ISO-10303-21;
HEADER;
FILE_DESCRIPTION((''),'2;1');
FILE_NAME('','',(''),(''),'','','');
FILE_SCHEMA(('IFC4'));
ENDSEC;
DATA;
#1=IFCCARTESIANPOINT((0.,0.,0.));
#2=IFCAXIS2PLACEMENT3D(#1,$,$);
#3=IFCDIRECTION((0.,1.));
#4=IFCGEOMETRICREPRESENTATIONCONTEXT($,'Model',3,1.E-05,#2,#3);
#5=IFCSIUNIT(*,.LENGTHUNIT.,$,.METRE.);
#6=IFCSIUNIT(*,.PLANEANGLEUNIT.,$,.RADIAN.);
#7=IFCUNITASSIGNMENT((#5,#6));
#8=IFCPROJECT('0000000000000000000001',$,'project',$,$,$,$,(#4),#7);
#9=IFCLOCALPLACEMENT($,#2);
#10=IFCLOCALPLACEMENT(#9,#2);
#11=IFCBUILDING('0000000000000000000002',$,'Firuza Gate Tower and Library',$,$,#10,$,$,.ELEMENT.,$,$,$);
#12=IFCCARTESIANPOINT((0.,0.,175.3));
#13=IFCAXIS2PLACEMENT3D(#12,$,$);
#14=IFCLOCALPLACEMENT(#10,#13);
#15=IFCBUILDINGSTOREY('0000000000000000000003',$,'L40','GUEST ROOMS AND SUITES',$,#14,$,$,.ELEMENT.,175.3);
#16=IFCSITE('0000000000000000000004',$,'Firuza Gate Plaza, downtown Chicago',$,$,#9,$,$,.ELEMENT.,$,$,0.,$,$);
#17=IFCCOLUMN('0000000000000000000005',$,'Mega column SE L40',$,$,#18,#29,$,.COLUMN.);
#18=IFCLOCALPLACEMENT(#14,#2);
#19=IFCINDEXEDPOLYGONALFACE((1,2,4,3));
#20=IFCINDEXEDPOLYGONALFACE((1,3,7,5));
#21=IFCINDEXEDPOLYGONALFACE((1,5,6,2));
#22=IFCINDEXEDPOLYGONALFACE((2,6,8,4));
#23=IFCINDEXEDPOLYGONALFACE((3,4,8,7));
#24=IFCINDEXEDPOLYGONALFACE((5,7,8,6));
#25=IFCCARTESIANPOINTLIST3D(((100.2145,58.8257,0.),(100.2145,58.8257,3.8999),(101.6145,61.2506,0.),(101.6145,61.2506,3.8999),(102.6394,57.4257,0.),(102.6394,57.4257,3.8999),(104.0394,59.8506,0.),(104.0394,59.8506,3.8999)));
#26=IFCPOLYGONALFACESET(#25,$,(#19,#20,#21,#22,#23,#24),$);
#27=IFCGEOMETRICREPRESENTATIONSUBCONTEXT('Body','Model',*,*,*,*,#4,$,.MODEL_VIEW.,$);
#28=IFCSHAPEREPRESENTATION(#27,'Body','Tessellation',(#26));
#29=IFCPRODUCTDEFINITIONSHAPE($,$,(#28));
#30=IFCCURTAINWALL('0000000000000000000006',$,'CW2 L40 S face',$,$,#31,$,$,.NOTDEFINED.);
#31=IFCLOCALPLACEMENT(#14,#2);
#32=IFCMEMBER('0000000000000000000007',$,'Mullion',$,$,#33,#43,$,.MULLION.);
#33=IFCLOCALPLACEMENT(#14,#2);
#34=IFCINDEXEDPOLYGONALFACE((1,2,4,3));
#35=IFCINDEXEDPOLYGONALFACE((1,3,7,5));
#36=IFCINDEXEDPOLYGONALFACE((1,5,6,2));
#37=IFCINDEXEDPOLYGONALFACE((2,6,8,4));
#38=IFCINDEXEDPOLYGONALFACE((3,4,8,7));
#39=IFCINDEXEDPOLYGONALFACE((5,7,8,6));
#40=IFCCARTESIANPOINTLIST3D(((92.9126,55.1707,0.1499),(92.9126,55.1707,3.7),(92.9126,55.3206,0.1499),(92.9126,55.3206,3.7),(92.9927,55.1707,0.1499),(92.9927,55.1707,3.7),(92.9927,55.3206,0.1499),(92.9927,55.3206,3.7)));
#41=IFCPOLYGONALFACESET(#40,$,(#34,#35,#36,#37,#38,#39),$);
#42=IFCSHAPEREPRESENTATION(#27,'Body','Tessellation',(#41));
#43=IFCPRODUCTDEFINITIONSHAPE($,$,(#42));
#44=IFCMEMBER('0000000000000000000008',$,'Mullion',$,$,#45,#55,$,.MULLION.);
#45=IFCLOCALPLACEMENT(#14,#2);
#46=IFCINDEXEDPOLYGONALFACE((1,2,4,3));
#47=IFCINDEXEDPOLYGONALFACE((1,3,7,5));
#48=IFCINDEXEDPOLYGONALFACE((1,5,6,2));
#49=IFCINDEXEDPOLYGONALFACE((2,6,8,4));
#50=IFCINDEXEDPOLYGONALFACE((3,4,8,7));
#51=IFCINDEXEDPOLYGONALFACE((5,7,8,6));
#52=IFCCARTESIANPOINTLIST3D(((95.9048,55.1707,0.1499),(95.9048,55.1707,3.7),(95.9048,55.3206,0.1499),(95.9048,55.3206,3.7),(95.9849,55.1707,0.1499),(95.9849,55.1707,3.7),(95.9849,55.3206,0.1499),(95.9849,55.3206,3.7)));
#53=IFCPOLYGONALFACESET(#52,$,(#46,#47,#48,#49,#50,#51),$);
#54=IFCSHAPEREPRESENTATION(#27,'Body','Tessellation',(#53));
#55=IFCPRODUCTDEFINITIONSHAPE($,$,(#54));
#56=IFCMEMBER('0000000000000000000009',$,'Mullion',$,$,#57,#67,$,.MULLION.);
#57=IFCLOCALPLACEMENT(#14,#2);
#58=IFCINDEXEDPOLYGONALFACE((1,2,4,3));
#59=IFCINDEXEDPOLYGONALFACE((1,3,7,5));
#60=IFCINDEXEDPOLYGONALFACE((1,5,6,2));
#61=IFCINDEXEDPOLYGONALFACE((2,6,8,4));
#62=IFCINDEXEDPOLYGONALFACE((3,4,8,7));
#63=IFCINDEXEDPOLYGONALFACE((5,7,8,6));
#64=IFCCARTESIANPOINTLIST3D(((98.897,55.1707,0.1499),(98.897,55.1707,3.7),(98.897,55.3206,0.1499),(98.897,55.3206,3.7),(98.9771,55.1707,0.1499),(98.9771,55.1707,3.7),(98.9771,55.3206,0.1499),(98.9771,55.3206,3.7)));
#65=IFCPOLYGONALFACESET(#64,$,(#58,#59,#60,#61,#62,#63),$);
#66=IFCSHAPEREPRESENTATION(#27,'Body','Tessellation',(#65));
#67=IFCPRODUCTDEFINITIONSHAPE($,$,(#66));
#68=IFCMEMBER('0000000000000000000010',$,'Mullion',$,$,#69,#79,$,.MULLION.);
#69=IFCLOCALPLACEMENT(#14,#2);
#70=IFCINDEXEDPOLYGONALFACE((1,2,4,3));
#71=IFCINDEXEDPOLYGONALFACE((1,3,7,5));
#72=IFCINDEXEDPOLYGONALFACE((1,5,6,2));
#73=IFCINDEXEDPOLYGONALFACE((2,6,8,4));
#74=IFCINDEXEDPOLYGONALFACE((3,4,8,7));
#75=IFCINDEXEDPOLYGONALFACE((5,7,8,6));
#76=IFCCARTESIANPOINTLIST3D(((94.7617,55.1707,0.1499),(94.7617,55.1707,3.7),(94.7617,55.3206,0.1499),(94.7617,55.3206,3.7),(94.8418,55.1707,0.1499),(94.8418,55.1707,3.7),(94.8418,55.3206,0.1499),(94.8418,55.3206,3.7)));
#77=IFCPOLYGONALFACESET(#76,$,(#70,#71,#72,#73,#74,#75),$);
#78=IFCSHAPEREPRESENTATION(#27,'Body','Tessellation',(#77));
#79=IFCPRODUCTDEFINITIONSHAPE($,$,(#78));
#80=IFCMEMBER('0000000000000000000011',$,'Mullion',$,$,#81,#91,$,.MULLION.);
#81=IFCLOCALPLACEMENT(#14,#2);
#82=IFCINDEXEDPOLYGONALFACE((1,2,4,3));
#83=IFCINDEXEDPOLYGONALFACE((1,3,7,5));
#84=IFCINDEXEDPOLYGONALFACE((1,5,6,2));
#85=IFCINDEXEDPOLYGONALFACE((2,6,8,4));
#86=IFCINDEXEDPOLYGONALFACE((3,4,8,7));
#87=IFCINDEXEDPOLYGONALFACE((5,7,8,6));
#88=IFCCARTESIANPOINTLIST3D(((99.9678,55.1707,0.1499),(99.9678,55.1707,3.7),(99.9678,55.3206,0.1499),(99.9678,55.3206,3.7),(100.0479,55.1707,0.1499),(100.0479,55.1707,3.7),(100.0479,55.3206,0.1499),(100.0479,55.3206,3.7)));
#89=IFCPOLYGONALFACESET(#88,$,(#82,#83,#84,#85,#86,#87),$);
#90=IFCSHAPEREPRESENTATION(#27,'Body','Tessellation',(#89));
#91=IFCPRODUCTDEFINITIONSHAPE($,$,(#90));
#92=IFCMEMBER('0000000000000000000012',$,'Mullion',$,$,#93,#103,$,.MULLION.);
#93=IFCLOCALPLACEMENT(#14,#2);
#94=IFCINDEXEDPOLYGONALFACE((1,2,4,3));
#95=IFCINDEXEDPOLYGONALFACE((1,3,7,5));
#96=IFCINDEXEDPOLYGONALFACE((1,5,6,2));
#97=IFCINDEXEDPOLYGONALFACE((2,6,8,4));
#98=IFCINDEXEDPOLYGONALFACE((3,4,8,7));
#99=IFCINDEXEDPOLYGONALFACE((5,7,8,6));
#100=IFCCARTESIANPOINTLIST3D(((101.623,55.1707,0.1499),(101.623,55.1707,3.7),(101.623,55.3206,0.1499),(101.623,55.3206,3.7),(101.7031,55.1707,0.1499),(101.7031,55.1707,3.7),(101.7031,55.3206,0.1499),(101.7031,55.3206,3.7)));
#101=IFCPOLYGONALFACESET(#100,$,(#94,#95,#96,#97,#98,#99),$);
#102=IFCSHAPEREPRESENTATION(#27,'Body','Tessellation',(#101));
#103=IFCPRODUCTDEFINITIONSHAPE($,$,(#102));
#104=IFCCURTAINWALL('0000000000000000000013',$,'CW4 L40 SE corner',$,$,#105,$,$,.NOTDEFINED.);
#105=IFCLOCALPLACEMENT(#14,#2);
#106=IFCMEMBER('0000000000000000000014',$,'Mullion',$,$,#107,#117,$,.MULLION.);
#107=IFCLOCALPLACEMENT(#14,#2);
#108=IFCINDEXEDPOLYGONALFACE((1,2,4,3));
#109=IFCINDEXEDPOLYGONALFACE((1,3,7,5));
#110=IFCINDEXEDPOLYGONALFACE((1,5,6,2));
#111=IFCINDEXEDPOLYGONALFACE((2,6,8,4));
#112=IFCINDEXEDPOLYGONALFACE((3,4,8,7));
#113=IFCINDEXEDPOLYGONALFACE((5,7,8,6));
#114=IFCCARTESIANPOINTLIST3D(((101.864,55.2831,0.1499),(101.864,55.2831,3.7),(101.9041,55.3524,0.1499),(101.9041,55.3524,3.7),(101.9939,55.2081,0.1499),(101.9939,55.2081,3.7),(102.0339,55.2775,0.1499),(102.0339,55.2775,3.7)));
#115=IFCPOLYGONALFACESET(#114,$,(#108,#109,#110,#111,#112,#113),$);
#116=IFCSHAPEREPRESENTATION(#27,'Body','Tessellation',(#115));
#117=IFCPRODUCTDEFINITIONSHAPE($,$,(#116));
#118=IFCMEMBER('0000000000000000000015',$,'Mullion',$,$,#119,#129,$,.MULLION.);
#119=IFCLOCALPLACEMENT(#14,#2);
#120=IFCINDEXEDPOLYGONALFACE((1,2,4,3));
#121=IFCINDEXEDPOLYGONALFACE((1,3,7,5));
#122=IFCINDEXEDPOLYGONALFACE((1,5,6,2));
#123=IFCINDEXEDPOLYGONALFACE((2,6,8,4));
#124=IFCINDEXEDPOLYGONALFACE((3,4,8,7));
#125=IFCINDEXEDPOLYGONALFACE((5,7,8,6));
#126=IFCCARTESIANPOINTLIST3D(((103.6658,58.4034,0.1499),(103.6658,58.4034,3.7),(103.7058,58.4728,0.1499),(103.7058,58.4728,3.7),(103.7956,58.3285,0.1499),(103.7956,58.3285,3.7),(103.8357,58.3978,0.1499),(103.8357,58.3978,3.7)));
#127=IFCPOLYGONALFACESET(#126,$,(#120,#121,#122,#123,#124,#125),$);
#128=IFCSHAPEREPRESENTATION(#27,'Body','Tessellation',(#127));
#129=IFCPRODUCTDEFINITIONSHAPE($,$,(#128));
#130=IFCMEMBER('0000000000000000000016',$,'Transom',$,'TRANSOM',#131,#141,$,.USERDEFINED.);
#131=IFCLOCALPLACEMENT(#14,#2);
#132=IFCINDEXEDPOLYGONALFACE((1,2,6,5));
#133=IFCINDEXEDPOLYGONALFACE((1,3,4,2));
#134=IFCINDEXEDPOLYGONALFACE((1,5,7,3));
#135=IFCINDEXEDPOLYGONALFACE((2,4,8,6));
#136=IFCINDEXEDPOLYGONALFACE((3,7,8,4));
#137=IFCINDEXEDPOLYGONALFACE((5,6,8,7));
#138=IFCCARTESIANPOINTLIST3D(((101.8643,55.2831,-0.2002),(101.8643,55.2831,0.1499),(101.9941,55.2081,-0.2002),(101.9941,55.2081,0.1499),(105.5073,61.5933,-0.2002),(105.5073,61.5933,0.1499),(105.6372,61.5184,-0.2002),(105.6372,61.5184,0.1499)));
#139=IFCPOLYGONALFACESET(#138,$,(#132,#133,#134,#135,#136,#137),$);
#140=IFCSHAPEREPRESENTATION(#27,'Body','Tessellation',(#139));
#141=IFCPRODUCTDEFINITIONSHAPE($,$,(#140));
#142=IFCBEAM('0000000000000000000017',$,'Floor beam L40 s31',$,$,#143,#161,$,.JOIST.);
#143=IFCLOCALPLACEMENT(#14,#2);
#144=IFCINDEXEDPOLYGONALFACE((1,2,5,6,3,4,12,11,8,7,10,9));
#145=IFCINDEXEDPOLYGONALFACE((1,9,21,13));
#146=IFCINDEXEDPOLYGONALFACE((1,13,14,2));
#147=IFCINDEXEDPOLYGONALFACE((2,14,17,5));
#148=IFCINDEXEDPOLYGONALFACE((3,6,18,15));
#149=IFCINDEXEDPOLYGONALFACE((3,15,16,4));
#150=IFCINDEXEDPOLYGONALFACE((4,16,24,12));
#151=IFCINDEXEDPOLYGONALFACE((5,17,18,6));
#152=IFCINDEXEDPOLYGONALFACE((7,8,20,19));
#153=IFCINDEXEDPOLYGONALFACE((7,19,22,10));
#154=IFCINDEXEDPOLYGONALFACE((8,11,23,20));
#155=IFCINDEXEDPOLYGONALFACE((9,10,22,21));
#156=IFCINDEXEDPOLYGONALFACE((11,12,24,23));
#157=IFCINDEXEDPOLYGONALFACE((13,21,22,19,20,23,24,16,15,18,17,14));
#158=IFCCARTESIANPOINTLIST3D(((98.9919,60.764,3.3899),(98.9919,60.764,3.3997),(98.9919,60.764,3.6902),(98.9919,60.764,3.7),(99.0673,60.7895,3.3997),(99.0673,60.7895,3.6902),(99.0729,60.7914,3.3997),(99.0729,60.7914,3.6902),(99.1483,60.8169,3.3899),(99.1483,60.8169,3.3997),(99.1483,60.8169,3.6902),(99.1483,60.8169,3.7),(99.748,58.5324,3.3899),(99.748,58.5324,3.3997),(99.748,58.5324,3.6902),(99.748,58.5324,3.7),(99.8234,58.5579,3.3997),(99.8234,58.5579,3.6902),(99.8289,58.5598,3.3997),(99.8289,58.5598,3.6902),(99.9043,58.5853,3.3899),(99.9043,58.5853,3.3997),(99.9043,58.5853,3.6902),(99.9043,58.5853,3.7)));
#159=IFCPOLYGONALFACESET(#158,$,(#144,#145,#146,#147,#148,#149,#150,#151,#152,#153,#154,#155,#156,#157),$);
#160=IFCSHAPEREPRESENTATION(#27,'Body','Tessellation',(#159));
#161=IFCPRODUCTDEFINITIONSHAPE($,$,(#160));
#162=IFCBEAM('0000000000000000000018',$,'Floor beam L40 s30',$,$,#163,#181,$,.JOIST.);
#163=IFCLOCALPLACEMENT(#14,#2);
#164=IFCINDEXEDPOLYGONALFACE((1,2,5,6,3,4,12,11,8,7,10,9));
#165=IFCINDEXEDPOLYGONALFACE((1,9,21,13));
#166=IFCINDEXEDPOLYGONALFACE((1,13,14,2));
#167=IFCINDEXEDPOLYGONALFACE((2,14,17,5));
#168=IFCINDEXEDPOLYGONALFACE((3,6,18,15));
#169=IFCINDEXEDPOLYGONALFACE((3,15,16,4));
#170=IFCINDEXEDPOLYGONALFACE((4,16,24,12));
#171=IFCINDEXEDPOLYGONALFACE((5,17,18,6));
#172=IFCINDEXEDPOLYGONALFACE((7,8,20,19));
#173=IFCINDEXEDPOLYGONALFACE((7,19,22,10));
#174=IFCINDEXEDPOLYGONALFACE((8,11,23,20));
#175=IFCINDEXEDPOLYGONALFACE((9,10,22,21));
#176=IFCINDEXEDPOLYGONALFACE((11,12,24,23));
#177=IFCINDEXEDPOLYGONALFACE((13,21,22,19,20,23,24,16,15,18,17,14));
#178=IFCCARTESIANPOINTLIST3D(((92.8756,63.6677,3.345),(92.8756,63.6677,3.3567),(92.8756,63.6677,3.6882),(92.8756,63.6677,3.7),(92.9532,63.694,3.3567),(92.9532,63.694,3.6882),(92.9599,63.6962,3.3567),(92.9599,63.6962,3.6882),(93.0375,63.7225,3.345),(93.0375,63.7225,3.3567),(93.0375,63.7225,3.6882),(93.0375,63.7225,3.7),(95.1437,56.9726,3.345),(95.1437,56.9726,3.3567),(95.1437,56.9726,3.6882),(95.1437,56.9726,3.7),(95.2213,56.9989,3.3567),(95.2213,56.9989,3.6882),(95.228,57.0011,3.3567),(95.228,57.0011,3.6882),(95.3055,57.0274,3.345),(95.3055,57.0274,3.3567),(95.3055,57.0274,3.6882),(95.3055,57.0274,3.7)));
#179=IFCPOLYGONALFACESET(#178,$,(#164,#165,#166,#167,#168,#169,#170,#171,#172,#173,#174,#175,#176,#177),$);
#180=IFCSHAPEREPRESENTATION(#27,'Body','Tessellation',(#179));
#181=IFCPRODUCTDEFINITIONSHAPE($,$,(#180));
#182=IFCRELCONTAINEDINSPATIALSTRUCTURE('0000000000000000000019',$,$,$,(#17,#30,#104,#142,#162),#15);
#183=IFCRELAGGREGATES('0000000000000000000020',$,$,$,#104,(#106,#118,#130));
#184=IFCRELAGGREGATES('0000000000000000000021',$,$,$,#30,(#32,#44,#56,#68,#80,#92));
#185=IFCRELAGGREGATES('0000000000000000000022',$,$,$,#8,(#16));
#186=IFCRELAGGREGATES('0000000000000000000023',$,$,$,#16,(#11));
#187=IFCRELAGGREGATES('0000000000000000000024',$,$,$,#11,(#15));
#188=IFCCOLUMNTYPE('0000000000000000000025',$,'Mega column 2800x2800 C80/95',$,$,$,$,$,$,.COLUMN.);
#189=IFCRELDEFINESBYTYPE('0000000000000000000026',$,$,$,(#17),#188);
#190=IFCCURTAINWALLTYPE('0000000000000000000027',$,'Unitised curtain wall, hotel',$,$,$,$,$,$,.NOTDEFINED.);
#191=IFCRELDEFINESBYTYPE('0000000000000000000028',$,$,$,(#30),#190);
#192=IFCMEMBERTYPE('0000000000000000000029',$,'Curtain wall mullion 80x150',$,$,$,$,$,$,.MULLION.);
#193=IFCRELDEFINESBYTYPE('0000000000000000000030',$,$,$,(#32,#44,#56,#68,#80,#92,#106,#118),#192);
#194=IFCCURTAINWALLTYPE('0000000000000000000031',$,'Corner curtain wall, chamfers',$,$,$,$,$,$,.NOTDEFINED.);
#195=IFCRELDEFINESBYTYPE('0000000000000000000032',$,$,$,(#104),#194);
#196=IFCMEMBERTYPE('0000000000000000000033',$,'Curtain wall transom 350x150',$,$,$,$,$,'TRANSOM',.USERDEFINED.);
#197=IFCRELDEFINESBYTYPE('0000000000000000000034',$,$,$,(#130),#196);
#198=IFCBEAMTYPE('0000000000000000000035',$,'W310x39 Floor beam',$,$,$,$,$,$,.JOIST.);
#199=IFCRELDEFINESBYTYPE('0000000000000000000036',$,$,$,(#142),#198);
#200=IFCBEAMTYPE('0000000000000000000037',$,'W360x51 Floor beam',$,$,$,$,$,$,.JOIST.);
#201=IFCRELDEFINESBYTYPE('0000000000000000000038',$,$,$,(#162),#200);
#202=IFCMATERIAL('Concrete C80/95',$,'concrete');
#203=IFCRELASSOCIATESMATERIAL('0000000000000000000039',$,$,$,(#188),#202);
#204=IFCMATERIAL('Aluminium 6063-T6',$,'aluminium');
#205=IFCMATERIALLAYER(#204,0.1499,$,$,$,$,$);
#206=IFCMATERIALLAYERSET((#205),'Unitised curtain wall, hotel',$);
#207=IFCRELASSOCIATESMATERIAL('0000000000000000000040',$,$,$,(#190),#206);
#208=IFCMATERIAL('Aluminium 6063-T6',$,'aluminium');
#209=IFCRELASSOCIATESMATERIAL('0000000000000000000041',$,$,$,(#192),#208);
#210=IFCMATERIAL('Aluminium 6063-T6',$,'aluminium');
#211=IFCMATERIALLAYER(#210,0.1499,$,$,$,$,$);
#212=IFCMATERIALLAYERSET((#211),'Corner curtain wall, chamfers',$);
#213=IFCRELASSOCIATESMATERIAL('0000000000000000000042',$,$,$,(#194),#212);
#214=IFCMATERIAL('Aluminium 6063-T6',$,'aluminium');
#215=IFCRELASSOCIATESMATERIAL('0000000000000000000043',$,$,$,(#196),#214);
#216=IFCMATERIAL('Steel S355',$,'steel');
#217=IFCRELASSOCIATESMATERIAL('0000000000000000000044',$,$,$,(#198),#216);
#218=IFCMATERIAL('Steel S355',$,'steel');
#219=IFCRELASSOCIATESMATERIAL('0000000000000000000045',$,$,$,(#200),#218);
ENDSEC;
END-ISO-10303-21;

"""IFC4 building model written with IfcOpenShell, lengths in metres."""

from ifc_helpers import new_model, si_unit, direction, frame, origin, origin_2d, place, context, subcontext, project, spatial, rectangle, i_section, extrude, material, layer, layer_set, material_profile, profile_set, type_object, element, aggregate, save


model = new_model("IFC4")

# Units and contexts
model_context = context("Model", 3, precision=1e-05, world=origin(), true_north=direction((0.0, 1.0)))
body_context = subcontext(model_context, "Body", "Model", "MODEL_VIEW")
ifc_project = project(units=[si_unit("LENGTHUNIT", "METRE"), si_unit("PLANEANGLEUNIT", "RADIAN")], contexts=[model_context])

# Site, building, storey
site_placement = place(None, origin())
site = spatial("IfcSite", under=ifc_project, at=site_placement, Name="Firuza Gate Plaza, downtown Chicago", CompositionType="ELEMENT", RefElevation=0.0)
building_placement = place(site_placement, origin())
building = spatial("IfcBuilding", under=site, at=building_placement, Name="Firuza Gate Tower and Library", CompositionType="ELEMENT")
storey_placement = place(building_placement, frame((0.0, 0.0, 175.3)))
storey = spatial("IfcBuildingStorey", under=building, at=storey_placement, Name="L40", Description="GUEST ROOMS AND SUITES", CompositionType="ELEMENT", Elevation=175.3)

# Column
ifc_material_1 = material(Name="Concrete C80/95", Category="concrete")
ifc_material_profile_1 = material_profile(ifc_material_1, rectangle(XDim=2.8, YDim=2.8, at=origin_2d()))
ifc_profile_set_1 = profile_set([ifc_material_profile_1], Name="Concrete C80/95")
column_type = type_object("IfcColumnType", Name="Mega column 2800x2800 C80/95", PredefinedType="COLUMN", material=ifc_profile_set_1)
column_placement = place(storey_placement, frame((102.127, 59.3381, 0.0), z_axis=(0.0, 0.0, 1.0), x_axis=(0.5, 0.866025, 0.0)))
element("IfcColumn", 1, at=column_placement, inside=storey, type_object=column_type, Name="Mega column SE L40", PredefinedType="COLUMN", context=body_context, shape_type="SweptSolid", body=[
    extrude(rectangle(XDim=2.8, YDim=2.8, at=origin_2d()), origin(), (0.0, 0.0, 1.0), 3.8999),
])

# Curtain walls, members
ifc_material_2 = material(Name="Aluminium 6063-T6", Category="aluminium")
ifc_layer_1 = layer(ifc_material_2, 0.1499)
ifc_layer_set_1 = layer_set([ifc_layer_1], Name="Unitised curtain wall, hotel")
curtain_wall_type_1 = type_object("IfcCurtainWallType", Name="Unitised curtain wall, hotel", PredefinedType="NOTDEFINED", material=ifc_layer_set_1)
placement = place(storey_placement, origin())
curtain_wall_1 = element("IfcCurtainWall", 2, at=placement, inside=storey, type_object=curtain_wall_type_1, Name="CW2 L40 S face", PredefinedType="NOTDEFINED")
ifc_material_3 = material(Name="Aluminium 6063-T6", Category="aluminium")
ifc_material_profile_2 = material_profile(ifc_material_3, rectangle(XDim=0.1499, YDim=0.0801, at=origin_2d()))
ifc_profile_set_2 = profile_set([ifc_material_profile_2], Name="Aluminium 6063-T6")
member_type_1 = type_object("IfcMemberType", Name="Curtain wall mullion 80x150", PredefinedType="MULLION", material=ifc_profile_set_2)
member_1_placement = place(storey_placement, frame((92.9526, 55.2456, 0.1499), z_axis=(0.0, 0.0, 1.0), x_axis=(0.0, 1.0, 0.0)))
member_1 = element("IfcMember", 3, at=member_1_placement, type_object=member_type_1, Name="Mullion", PredefinedType="MULLION", context=body_context, shape_type="SweptSolid", body=[
    extrude(rectangle(XDim=0.1499, YDim=0.0801, at=origin_2d()), origin(), (0.0, 0.0, 1.0), 3.55),
])
member_2_placement = place(storey_placement, frame((95.9448, 55.2456, 0.1499), z_axis=(0.0, 0.0, 1.0), x_axis=(0.0, 1.0, 0.0)))
member_2 = element("IfcMember", 4, at=member_2_placement, type_object=member_type_1, Name="Mullion", PredefinedType="MULLION", context=body_context, shape_type="SweptSolid", body=[
    extrude(rectangle(XDim=0.1499, YDim=0.0801, at=origin_2d()), origin(), (0.0, 0.0, 1.0), 3.55),
])
member_3_placement = place(storey_placement, frame((98.937, 55.2456, 0.1499), z_axis=(0.0, 0.0, 1.0), x_axis=(0.0, 1.0, 0.0)))
member_3 = element("IfcMember", 5, at=member_3_placement, type_object=member_type_1, Name="Mullion", PredefinedType="MULLION", context=body_context, shape_type="SweptSolid", body=[
    extrude(rectangle(XDim=0.1499, YDim=0.0801, at=origin_2d()), origin(), (0.0, 0.0, 1.0), 3.55),
])
member_4_placement = place(storey_placement, frame((94.8018, 55.2456, 0.1499), z_axis=(0.0, 0.0, 1.0), x_axis=(0.0, 1.0, 0.0)))
member_4 = element("IfcMember", 6, at=member_4_placement, type_object=member_type_1, Name="Mullion", PredefinedType="MULLION", context=body_context, shape_type="SweptSolid", body=[
    extrude(rectangle(XDim=0.1499, YDim=0.0801, at=origin_2d()), origin(), (0.0, 0.0, 1.0), 3.55),
])
member_5_placement = place(storey_placement, frame((100.0078, 55.2456, 0.1499), z_axis=(0.0, 0.0, 1.0), x_axis=(0.0, 1.0, 0.0)))
member_5 = element("IfcMember", 7, at=member_5_placement, type_object=member_type_1, Name="Mullion", PredefinedType="MULLION", context=body_context, shape_type="SweptSolid", body=[
    extrude(rectangle(XDim=0.1499, YDim=0.0801, at=origin_2d()), origin(), (0.0, 0.0, 1.0), 3.55),
])
member_6_placement = place(storey_placement, frame((101.6631, 55.2456, 0.1499), z_axis=(0.0, 0.0, 1.0), x_axis=(0.0, 1.0, 0.0)))
member_6 = element("IfcMember", 8, at=member_6_placement, type_object=member_type_1, Name="Mullion", PredefinedType="MULLION", context=body_context, shape_type="SweptSolid", body=[
    extrude(rectangle(XDim=0.1499, YDim=0.0801, at=origin_2d()), origin(), (0.0, 0.0, 1.0), 3.55),
])
ifc_material_4 = material(Name="Aluminium 6063-T6", Category="aluminium")
ifc_layer_2 = layer(ifc_material_4, 0.1499)
ifc_layer_set_2 = layer_set([ifc_layer_2], Name="Corner curtain wall, chamfers")
curtain_wall_type_2 = type_object("IfcCurtainWallType", Name="Corner curtain wall, chamfers", PredefinedType="NOTDEFINED", material=ifc_layer_set_2)
curtain_wall_2 = element("IfcCurtainWall", 9, at=placement, inside=storey, type_object=curtain_wall_type_2, Name="CW4 L40 SE corner", PredefinedType="NOTDEFINED")
member_7_placement = place(storey_placement, frame((101.949, 55.2803, 0.1499), z_axis=(0.0, 0.0, 1.0), x_axis=(-0.866025, 0.5, 0.0)))
member_7 = element("IfcMember", 10, at=member_7_placement, type_object=member_type_1, Name="Mullion", PredefinedType="MULLION", context=body_context, shape_type="SweptSolid", body=[
    extrude(rectangle(XDim=0.1499, YDim=0.0801, at=origin_2d()), origin(), (0.0, 0.0, 1.0), 3.55),
])
member_8_placement = place(storey_placement, frame((103.7507, 58.4006, 0.1499), z_axis=(0.0, 0.0, 1.0), x_axis=(-0.866025, 0.5, 0.0)))
member_8 = element("IfcMember", 11, at=member_8_placement, type_object=member_type_1, Name="Mullion", PredefinedType="MULLION", context=body_context, shape_type="SweptSolid", body=[
    extrude(rectangle(XDim=0.1499, YDim=0.0801, at=origin_2d()), origin(), (0.0, 0.0, 1.0), 3.55),
])
ifc_material_5 = material(Name="Aluminium 6063-T6", Category="aluminium")
ifc_material_profile_3 = material_profile(ifc_material_5, rectangle(XDim=0.1499, YDim=0.3501, at=origin_2d()))
ifc_profile_set_3 = profile_set([ifc_material_profile_3], Name="Aluminium 6063-T6")
member_type_2 = type_object("IfcMemberType", Name="Curtain wall transom 350x150", ElementType="TRANSOM", PredefinedType="USERDEFINED", material=ifc_profile_set_3)
member_9_placement = place(storey_placement, frame((101.9292, 55.2456, -0.0251), z_axis=(0.499981, 0.866037, 0.0), x_axis=(-0.866037, 0.499981, 0.0)))
member_9 = element("IfcMember", 12, at=member_9_placement, type_object=member_type_2, Name="Transom", ObjectType="TRANSOM", PredefinedType="USERDEFINED", context=body_context, shape_type="SweptSolid", body=[
    extrude(rectangle(XDim=0.1499, YDim=0.3501, at=origin_2d()), origin(), (0.0, 0.0, 1.0), 7.2864),
])

# Beams
ifc_material_6 = material(Name="Steel S355", Category="steel")
ifc_material_profile_4 = material_profile(ifc_material_6, i_section(OverallWidth=0.165, OverallDepth=0.3101, WebThickness=0.0059, FlangeThickness=0.0098, at=origin_2d()))
ifc_profile_set_4 = profile_set([ifc_material_profile_4], Name="Steel S355")
beam_type_1 = type_object("IfcBeamType", Name="W310x39 Floor beam", PredefinedType="JOIST", material=ifc_profile_set_4)
beam_1_placement = place(storey_placement, frame((99.8262, 58.5588, 3.5449), z_axis=(-0.320886, 0.947118, 0.0), x_axis=(-0.947118, -0.320886, 0.0)))
element("IfcBeam", 13, at=beam_1_placement, inside=storey, type_object=beam_type_1, Name="Floor beam L40 s31", PredefinedType="JOIST", context=body_context, shape_type="SweptSolid", body=[
    extrude(i_section(OverallWidth=0.165, OverallDepth=0.3101, WebThickness=0.0059, FlangeThickness=0.0098, at=origin_2d()), origin(), (0.0, 0.0, 1.0), 2.3562),
])
ifc_material_7 = material(Name="Steel S355", Category="steel")
ifc_material_profile_5 = material_profile(ifc_material_7, i_section(OverallWidth=0.1709, OverallDepth=0.355, WebThickness=0.0071, FlangeThickness=0.0117, at=origin_2d()))
ifc_profile_set_5 = profile_set([ifc_material_profile_5], Name="Steel S355")
beam_type_2 = type_object("IfcBeamType", Name="W360x51 Floor beam", PredefinedType="JOIST", material=ifc_profile_set_5)
beam_2_placement = place(storey_placement, frame((95.2246, 57.0, 3.5225), z_axis=(-0.320856, 0.947128, 0.0), x_axis=(-0.947128, -0.320856, 0.0)))
element("IfcBeam", 14, at=beam_2_placement, inside=storey, type_object=beam_type_2, Name="Floor beam L40 s30", PredefinedType="JOIST", context=body_context, shape_type="SweptSolid", body=[
    extrude(i_section(OverallWidth=0.1709, OverallDepth=0.355, WebThickness=0.0071, FlangeThickness=0.0117, at=origin_2d()), origin(), (0.0, 0.0, 1.0), 7.0688),
])

aggregate(curtain_wall_2, [member_7, member_8, member_9])
aggregate(curtain_wall_1, [member_1, member_2, member_3, member_4, member_5, member_6])

save(model, "model.ifc")
